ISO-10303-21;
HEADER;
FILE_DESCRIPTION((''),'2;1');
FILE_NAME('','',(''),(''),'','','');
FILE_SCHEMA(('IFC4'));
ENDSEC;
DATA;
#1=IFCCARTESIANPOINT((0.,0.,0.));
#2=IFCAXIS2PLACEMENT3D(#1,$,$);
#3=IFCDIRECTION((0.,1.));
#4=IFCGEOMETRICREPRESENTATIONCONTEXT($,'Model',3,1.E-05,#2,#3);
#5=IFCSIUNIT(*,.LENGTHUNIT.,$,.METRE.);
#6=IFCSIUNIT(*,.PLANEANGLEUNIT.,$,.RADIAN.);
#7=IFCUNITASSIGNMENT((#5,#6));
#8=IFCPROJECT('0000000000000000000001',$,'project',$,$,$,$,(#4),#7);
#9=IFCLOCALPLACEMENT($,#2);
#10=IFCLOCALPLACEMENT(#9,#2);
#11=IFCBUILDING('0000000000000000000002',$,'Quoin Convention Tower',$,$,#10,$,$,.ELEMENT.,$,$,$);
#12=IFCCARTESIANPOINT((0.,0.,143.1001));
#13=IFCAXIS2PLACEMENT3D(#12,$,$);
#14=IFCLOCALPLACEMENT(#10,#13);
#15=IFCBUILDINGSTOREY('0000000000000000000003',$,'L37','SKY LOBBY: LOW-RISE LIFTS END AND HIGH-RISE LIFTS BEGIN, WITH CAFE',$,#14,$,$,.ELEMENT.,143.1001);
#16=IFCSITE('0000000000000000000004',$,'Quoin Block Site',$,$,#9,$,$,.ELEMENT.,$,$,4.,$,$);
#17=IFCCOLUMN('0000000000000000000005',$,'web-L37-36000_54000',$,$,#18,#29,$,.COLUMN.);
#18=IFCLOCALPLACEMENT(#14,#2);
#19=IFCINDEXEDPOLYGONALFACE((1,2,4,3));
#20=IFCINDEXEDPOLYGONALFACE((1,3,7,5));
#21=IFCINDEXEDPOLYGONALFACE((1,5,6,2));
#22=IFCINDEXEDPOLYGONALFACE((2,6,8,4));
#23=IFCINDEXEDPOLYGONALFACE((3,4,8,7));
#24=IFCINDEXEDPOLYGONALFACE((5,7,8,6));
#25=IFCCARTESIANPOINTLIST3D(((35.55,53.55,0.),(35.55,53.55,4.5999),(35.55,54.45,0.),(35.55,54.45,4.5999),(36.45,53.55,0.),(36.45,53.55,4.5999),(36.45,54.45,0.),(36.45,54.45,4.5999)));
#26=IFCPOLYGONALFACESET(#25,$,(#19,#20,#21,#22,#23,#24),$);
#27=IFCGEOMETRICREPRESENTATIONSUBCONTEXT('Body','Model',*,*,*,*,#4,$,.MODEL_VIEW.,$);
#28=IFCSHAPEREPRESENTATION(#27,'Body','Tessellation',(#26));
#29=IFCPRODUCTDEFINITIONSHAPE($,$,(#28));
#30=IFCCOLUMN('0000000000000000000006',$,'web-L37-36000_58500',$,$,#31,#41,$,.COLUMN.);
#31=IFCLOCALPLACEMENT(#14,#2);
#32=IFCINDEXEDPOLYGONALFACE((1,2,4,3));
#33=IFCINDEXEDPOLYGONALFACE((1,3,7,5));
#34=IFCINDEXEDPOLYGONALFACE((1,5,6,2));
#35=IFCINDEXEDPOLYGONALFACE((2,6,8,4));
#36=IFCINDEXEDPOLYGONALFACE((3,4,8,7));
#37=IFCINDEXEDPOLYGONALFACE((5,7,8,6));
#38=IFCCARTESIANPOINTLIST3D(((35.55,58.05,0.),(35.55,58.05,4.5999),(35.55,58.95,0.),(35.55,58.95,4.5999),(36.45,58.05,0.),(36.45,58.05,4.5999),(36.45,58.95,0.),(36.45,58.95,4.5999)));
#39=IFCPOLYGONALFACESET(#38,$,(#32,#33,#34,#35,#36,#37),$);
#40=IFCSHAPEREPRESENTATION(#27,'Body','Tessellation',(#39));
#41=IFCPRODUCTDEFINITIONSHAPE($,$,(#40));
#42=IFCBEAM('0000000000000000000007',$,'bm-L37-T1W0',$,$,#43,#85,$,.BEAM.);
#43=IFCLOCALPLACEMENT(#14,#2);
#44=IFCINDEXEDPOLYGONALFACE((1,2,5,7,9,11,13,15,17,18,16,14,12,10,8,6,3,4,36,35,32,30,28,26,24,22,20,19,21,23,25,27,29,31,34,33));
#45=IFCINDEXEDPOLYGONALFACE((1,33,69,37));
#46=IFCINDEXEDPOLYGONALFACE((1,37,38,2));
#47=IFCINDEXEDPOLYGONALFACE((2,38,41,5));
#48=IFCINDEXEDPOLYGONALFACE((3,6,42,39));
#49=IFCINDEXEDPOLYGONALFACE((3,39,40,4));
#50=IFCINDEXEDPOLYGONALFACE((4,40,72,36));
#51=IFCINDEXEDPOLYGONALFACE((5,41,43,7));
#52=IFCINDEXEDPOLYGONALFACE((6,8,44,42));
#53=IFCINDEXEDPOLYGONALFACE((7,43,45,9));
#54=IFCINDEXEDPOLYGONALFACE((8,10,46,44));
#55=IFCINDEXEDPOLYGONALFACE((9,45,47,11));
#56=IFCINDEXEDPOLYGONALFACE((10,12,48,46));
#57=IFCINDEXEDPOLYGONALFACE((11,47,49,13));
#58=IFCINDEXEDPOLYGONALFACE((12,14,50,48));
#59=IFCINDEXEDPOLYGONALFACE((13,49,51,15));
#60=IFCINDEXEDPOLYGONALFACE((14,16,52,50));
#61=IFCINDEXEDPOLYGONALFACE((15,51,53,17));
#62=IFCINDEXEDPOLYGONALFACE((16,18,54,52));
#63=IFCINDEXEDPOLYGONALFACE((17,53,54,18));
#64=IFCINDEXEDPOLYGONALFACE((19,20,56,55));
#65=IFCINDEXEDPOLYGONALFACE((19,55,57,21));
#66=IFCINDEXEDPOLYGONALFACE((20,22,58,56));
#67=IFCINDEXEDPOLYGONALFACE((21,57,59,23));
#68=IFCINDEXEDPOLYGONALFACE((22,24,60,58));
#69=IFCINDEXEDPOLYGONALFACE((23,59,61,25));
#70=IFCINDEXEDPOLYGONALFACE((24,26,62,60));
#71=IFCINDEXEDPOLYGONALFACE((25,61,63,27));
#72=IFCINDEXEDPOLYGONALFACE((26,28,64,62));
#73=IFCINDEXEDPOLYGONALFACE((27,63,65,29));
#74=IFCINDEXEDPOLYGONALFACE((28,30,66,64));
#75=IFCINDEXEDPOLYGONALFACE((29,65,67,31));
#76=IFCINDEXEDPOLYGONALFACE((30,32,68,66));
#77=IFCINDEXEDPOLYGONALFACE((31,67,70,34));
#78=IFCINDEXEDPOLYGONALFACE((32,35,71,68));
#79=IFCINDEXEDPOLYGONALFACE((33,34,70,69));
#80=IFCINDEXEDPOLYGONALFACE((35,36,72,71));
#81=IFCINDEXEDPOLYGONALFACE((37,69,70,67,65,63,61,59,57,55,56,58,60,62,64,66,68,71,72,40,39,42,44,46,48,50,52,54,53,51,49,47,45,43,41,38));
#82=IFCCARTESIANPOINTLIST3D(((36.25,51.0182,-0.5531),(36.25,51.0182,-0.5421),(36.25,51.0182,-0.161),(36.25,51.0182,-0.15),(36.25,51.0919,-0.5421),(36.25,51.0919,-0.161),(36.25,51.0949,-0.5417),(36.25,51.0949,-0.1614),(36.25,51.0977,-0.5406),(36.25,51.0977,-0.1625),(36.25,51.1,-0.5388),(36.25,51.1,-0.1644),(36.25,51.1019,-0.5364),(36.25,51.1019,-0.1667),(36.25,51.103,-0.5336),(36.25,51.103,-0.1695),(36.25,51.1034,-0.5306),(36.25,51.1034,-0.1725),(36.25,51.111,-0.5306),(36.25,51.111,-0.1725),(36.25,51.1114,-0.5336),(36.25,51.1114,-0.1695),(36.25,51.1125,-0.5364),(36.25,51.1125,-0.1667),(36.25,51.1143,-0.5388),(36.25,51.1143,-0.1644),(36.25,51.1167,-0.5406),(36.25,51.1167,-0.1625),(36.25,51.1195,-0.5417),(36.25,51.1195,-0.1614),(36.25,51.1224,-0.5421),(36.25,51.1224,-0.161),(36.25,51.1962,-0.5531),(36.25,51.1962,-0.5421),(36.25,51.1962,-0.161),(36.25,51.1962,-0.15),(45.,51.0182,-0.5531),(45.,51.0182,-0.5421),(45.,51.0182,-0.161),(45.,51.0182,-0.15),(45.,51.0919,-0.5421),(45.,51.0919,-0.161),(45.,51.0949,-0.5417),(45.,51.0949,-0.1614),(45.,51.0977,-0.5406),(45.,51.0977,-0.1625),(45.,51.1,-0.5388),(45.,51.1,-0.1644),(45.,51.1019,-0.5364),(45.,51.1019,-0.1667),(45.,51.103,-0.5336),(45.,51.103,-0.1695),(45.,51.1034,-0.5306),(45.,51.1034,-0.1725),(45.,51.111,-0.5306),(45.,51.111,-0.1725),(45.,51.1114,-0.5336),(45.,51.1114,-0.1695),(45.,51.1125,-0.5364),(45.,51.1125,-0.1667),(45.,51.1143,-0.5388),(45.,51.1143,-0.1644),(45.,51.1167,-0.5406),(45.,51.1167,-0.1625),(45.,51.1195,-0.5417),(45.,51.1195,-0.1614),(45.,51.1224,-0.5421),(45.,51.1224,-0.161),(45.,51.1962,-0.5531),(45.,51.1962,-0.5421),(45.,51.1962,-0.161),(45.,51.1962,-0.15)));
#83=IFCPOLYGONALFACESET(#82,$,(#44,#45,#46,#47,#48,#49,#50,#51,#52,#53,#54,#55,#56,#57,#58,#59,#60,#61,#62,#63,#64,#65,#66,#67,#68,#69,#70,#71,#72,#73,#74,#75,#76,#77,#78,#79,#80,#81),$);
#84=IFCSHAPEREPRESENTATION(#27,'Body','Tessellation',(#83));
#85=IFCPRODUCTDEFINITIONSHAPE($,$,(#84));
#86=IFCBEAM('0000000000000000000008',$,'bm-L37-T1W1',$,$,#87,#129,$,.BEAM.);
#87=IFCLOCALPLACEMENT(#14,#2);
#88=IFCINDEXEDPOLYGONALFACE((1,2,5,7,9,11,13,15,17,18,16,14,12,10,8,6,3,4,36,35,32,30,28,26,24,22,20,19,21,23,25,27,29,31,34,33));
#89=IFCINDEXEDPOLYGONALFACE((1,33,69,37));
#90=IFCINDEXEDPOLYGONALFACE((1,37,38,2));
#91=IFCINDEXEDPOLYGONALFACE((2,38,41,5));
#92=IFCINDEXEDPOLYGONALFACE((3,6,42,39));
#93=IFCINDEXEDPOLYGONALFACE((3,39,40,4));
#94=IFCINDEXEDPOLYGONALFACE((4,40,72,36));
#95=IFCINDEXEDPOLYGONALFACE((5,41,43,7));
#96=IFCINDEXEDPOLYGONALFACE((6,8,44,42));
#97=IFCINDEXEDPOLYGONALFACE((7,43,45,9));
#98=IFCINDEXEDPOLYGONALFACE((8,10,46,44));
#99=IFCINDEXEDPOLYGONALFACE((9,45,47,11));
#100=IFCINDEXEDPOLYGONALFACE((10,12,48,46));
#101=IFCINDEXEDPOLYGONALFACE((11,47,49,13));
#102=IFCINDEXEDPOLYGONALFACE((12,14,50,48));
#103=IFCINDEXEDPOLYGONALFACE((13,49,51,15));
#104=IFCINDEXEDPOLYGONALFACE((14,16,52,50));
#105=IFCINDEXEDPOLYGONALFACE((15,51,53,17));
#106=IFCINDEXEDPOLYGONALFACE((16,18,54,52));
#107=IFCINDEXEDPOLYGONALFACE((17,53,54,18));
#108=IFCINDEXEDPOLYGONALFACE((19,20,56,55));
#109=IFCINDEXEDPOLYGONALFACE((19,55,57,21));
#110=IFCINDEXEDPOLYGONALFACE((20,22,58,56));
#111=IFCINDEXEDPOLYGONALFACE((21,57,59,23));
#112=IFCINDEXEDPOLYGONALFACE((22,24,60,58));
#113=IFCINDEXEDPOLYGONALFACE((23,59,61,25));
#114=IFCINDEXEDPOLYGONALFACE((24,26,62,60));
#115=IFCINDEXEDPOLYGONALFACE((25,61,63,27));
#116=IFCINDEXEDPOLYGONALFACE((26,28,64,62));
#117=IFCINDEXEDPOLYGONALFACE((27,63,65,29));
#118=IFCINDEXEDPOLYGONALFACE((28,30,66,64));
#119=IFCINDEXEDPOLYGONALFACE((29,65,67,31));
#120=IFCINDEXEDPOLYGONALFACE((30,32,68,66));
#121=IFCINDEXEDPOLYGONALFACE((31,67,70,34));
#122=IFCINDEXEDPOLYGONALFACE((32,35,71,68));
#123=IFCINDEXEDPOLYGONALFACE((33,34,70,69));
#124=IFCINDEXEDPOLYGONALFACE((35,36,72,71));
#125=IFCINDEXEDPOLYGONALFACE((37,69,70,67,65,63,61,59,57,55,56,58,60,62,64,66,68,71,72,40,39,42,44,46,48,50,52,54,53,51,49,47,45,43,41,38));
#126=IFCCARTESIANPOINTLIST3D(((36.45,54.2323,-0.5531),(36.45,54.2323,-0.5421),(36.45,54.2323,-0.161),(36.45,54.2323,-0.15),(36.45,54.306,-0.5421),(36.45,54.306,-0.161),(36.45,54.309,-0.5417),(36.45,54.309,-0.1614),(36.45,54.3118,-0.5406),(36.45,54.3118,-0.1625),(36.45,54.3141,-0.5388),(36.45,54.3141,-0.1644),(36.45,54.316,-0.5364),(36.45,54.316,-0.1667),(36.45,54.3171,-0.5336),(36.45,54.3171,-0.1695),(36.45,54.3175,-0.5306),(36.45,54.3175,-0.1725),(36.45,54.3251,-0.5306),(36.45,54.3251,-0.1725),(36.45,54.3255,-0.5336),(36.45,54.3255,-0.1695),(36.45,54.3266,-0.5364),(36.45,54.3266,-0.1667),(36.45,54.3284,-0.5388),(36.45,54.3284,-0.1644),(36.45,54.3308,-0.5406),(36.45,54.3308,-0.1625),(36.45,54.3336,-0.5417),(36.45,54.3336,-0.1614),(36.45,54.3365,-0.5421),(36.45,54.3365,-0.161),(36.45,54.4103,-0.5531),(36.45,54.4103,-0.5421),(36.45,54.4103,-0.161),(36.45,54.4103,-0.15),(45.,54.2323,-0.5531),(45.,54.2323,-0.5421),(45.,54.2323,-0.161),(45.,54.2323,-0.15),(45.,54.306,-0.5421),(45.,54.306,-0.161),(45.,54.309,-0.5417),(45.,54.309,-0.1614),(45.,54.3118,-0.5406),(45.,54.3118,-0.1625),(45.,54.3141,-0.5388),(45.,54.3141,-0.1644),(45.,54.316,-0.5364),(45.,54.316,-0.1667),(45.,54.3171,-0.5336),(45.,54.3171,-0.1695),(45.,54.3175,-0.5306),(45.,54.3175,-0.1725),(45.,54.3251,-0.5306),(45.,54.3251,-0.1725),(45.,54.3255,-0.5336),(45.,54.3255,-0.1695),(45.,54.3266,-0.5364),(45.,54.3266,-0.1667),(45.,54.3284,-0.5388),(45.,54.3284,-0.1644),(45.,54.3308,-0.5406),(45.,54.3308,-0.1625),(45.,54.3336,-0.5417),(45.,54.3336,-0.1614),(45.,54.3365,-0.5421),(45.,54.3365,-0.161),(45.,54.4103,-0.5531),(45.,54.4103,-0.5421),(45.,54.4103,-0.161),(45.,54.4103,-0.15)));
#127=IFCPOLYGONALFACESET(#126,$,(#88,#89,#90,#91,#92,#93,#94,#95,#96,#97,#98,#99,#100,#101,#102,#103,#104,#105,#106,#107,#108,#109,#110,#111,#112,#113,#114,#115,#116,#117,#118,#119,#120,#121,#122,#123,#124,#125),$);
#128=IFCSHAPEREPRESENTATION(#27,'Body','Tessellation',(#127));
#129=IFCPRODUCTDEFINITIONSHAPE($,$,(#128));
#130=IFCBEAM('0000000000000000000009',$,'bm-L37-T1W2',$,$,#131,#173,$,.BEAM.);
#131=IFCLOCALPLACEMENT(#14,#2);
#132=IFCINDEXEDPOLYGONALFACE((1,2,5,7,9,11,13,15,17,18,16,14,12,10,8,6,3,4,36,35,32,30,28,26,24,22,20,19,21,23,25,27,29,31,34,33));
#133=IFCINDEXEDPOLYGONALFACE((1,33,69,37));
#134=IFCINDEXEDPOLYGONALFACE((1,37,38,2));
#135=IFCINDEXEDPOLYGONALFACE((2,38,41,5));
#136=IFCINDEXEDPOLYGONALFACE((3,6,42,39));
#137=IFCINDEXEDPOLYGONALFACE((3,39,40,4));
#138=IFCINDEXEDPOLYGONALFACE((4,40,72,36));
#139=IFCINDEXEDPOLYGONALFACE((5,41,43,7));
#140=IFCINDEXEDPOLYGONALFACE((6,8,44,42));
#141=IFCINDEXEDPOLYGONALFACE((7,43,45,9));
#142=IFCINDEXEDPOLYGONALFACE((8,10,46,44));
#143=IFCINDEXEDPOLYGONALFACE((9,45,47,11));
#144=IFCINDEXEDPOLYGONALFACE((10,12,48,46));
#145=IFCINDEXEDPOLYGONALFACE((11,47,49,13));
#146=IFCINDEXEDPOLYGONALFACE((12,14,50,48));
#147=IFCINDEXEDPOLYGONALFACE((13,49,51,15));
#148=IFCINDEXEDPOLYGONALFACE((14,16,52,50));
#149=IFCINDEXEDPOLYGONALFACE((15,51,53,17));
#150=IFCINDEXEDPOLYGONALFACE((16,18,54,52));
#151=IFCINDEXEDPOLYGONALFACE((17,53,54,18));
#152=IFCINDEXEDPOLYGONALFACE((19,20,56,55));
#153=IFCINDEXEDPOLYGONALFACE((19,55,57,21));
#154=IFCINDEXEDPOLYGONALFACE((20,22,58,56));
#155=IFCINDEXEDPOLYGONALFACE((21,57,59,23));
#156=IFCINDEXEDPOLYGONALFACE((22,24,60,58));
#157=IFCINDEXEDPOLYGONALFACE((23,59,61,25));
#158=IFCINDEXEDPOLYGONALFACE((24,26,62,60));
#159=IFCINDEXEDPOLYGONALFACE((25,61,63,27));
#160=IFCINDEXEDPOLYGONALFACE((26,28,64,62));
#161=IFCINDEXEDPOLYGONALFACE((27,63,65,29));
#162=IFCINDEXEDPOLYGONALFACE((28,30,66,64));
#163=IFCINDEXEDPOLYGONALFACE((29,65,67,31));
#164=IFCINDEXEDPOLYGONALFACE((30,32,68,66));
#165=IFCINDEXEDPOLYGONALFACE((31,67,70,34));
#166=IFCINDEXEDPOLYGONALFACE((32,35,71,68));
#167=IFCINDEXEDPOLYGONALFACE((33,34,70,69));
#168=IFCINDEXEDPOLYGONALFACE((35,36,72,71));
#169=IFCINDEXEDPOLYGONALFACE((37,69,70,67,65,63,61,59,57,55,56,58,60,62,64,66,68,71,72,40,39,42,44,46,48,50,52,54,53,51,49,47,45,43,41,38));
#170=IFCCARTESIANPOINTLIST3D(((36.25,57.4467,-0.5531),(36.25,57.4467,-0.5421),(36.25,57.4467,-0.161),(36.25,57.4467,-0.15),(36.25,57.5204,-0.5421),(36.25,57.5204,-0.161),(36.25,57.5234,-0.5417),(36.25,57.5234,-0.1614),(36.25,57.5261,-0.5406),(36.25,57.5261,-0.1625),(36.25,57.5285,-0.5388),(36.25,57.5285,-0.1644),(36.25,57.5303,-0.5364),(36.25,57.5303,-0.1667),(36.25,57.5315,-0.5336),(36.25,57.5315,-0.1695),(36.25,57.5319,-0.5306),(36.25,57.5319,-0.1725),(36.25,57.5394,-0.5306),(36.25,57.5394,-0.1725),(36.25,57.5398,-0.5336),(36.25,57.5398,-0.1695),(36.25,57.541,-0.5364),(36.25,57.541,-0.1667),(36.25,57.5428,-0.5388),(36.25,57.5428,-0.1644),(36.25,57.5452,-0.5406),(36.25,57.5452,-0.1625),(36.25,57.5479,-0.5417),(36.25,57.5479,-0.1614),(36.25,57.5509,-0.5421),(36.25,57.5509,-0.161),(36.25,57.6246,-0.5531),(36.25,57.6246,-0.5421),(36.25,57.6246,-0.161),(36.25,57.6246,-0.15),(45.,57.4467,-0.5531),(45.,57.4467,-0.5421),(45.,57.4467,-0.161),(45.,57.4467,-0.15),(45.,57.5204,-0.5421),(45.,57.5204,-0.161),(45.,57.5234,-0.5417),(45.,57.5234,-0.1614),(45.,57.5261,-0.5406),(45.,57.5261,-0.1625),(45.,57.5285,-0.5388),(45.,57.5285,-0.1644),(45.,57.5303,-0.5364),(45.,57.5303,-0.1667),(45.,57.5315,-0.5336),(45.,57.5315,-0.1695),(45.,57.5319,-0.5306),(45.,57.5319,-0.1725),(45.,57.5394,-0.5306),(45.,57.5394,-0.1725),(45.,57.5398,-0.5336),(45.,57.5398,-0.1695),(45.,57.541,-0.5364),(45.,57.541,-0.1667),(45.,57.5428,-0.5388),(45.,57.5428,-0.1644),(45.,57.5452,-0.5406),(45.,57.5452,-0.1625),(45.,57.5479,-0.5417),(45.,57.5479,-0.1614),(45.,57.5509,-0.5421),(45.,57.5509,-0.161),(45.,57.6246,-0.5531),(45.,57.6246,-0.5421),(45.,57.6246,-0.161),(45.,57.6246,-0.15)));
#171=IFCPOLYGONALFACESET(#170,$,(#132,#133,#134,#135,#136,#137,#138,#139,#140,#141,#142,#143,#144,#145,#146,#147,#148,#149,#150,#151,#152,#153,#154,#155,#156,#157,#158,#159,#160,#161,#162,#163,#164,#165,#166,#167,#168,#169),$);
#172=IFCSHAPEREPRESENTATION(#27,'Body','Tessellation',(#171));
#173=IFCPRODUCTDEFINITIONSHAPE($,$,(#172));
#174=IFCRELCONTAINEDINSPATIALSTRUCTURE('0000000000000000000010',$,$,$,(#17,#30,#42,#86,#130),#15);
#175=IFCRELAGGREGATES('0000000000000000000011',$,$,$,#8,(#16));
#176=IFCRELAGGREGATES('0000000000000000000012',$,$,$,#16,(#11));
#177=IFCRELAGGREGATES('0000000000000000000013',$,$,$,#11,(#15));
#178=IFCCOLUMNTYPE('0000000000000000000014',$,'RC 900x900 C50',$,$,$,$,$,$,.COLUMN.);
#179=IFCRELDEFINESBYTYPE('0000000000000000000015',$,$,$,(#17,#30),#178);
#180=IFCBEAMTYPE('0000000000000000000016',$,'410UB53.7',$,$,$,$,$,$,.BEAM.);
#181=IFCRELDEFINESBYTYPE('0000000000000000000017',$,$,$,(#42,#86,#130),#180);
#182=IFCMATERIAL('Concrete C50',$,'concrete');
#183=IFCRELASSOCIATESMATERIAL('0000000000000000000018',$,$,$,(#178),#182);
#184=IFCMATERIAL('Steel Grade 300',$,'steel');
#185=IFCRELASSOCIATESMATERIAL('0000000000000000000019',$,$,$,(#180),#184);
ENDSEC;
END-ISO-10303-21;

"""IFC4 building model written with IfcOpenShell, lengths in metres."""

from ifc_helpers import new_model, si_unit, direction, frame, origin, origin_2d, place, context, subcontext, project, spatial, rectangle, i_section, extrude, material, material_profile, profile_set, type_object, element, save


model = new_model("IFC4")

# Units and contexts
model_context = context("Model", 3, precision=1e-05, world=origin(), true_north=direction((0.0, 1.0)))
body_context = subcontext(model_context, "Body", "Model", "MODEL_VIEW")
ifc_project = project(units=[si_unit("LENGTHUNIT", "METRE"), si_unit("PLANEANGLEUNIT", "RADIAN")], contexts=[model_context])

# Site, building, storey
site_placement = place(None, origin())
site = spatial("IfcSite", under=ifc_project, at=site_placement, Name="Quoin Block Site", CompositionType="ELEMENT", RefElevation=4.0)
building_placement = place(site_placement, origin())
building = spatial("IfcBuilding", under=site, at=building_placement, Name="Quoin Convention Tower", CompositionType="ELEMENT")
storey_placement = place(building_placement, frame((0.0, 0.0, 143.1001)))
storey = spatial("IfcBuildingStorey", under=building, at=storey_placement, Name="L37", Description="SKY LOBBY: LOW-RISE LIFTS END AND HIGH-RISE LIFTS BEGIN, WITH CAFE", CompositionType="ELEMENT", Elevation=143.1001)

# Columns
ifc_material_1 = material(Name="Concrete C50", Category="concrete")
ifc_material_profile_1 = material_profile(ifc_material_1, rectangle(XDim=0.8999, YDim=0.8999, at=origin_2d()), Name="RC 900x900")
ifc_profile_set_1 = profile_set([ifc_material_profile_1], Name="Concrete C50")
column_type = type_object("IfcColumnType", Name="RC 900x900 C50", PredefinedType="COLUMN", material=ifc_profile_set_1)
for number, where, z_axis, x_axis, name in (
    (1, (36.0, 54.0, 0.0), (0.0, 0.0, 1.0), (1.0, 0.0, 0.0), "web-L37-36000_54000"),
    (2, (36.0, 58.5, 0.0), (0.0, 0.0, 1.0), (1.0, 0.0, 0.0), "web-L37-36000_58500"),
):
    element("IfcColumn", number, at=place(storey_placement, frame(where, z_axis=z_axis, x_axis=x_axis)), inside=storey, type_object=column_type, Name=name, PredefinedType="COLUMN", context=body_context, shape_type="SweptSolid", body=[
        extrude(rectangle(XDim=0.8999, YDim=0.8999, at=origin_2d()), origin(), (0.0, 0.0, 1.0), 4.5999),
    ])

# Beams
ifc_material_2 = material(Name="Steel Grade 300", Category="steel")
ifc_material_profile_2 = material_profile(ifc_material_2, i_section(OverallWidth=0.178, OverallDepth=0.4031, WebThickness=0.0076, FlangeThickness=0.011, FilletRadius=0.0115, at=origin_2d()), Name="410UB53.7")
ifc_profile_set_2 = profile_set([ifc_material_profile_2], Name="Steel Grade 300")
beam_type = type_object("IfcBeamType", Name="410UB53.7", PredefinedType="BEAM", material=ifc_profile_set_2)
beam_1_placement = place(storey_placement, frame((36.25, 51.1072, -0.3516), z_axis=(1.0, 0.0, 0.0), x_axis=(0.0, 1.0, 0.0)))
element("IfcBeam", 3, at=beam_1_placement, inside=storey, type_object=beam_type, Name="bm-L37-T1W0", PredefinedType="BEAM", context=body_context, shape_type="SweptSolid", body=[
    extrude(i_section(OverallWidth=0.178, OverallDepth=0.4031, WebThickness=0.0076, FlangeThickness=0.011, FilletRadius=0.0115, at=origin_2d()), origin(), (0.0, 0.0, 1.0), 8.75),
])
beam_2_placement = place(storey_placement, frame((36.45, 54.3213, -0.3516), z_axis=(1.0, 0.0, 0.0), x_axis=(0.0, 1.0, 0.0)))
element("IfcBeam", 4, at=beam_2_placement, inside=storey, type_object=beam_type, Name="bm-L37-T1W1", PredefinedType="BEAM", context=body_context, shape_type="SweptSolid", body=[
    extrude(i_section(OverallWidth=0.178, OverallDepth=0.4031, WebThickness=0.0076, FlangeThickness=0.011, FilletRadius=0.0115, at=origin_2d()), origin(), (0.0, 0.0, 1.0), 8.55),
])
for number, where, z_axis, x_axis, name in (
    (5, (36.25, 57.5356, -0.3516), (1.0, 0.0, 0.0), (0.0, 1.0, 0.0), "bm-L37-T1W2"),
):
    element("IfcBeam", number, at=place(storey_placement, frame(where, z_axis=z_axis, x_axis=x_axis)), inside=storey, type_object=beam_type, Name=name, PredefinedType="BEAM", context=body_context, shape_type="SweptSolid", body=[
        extrude(i_section(OverallWidth=0.178, OverallDepth=0.4031, WebThickness=0.0076, FlangeThickness=0.011, FilletRadius=0.0115, at=origin_2d()), origin(), (0.0, 0.0, 1.0), 8.75),
    ])

save(model, "model.ifc")
